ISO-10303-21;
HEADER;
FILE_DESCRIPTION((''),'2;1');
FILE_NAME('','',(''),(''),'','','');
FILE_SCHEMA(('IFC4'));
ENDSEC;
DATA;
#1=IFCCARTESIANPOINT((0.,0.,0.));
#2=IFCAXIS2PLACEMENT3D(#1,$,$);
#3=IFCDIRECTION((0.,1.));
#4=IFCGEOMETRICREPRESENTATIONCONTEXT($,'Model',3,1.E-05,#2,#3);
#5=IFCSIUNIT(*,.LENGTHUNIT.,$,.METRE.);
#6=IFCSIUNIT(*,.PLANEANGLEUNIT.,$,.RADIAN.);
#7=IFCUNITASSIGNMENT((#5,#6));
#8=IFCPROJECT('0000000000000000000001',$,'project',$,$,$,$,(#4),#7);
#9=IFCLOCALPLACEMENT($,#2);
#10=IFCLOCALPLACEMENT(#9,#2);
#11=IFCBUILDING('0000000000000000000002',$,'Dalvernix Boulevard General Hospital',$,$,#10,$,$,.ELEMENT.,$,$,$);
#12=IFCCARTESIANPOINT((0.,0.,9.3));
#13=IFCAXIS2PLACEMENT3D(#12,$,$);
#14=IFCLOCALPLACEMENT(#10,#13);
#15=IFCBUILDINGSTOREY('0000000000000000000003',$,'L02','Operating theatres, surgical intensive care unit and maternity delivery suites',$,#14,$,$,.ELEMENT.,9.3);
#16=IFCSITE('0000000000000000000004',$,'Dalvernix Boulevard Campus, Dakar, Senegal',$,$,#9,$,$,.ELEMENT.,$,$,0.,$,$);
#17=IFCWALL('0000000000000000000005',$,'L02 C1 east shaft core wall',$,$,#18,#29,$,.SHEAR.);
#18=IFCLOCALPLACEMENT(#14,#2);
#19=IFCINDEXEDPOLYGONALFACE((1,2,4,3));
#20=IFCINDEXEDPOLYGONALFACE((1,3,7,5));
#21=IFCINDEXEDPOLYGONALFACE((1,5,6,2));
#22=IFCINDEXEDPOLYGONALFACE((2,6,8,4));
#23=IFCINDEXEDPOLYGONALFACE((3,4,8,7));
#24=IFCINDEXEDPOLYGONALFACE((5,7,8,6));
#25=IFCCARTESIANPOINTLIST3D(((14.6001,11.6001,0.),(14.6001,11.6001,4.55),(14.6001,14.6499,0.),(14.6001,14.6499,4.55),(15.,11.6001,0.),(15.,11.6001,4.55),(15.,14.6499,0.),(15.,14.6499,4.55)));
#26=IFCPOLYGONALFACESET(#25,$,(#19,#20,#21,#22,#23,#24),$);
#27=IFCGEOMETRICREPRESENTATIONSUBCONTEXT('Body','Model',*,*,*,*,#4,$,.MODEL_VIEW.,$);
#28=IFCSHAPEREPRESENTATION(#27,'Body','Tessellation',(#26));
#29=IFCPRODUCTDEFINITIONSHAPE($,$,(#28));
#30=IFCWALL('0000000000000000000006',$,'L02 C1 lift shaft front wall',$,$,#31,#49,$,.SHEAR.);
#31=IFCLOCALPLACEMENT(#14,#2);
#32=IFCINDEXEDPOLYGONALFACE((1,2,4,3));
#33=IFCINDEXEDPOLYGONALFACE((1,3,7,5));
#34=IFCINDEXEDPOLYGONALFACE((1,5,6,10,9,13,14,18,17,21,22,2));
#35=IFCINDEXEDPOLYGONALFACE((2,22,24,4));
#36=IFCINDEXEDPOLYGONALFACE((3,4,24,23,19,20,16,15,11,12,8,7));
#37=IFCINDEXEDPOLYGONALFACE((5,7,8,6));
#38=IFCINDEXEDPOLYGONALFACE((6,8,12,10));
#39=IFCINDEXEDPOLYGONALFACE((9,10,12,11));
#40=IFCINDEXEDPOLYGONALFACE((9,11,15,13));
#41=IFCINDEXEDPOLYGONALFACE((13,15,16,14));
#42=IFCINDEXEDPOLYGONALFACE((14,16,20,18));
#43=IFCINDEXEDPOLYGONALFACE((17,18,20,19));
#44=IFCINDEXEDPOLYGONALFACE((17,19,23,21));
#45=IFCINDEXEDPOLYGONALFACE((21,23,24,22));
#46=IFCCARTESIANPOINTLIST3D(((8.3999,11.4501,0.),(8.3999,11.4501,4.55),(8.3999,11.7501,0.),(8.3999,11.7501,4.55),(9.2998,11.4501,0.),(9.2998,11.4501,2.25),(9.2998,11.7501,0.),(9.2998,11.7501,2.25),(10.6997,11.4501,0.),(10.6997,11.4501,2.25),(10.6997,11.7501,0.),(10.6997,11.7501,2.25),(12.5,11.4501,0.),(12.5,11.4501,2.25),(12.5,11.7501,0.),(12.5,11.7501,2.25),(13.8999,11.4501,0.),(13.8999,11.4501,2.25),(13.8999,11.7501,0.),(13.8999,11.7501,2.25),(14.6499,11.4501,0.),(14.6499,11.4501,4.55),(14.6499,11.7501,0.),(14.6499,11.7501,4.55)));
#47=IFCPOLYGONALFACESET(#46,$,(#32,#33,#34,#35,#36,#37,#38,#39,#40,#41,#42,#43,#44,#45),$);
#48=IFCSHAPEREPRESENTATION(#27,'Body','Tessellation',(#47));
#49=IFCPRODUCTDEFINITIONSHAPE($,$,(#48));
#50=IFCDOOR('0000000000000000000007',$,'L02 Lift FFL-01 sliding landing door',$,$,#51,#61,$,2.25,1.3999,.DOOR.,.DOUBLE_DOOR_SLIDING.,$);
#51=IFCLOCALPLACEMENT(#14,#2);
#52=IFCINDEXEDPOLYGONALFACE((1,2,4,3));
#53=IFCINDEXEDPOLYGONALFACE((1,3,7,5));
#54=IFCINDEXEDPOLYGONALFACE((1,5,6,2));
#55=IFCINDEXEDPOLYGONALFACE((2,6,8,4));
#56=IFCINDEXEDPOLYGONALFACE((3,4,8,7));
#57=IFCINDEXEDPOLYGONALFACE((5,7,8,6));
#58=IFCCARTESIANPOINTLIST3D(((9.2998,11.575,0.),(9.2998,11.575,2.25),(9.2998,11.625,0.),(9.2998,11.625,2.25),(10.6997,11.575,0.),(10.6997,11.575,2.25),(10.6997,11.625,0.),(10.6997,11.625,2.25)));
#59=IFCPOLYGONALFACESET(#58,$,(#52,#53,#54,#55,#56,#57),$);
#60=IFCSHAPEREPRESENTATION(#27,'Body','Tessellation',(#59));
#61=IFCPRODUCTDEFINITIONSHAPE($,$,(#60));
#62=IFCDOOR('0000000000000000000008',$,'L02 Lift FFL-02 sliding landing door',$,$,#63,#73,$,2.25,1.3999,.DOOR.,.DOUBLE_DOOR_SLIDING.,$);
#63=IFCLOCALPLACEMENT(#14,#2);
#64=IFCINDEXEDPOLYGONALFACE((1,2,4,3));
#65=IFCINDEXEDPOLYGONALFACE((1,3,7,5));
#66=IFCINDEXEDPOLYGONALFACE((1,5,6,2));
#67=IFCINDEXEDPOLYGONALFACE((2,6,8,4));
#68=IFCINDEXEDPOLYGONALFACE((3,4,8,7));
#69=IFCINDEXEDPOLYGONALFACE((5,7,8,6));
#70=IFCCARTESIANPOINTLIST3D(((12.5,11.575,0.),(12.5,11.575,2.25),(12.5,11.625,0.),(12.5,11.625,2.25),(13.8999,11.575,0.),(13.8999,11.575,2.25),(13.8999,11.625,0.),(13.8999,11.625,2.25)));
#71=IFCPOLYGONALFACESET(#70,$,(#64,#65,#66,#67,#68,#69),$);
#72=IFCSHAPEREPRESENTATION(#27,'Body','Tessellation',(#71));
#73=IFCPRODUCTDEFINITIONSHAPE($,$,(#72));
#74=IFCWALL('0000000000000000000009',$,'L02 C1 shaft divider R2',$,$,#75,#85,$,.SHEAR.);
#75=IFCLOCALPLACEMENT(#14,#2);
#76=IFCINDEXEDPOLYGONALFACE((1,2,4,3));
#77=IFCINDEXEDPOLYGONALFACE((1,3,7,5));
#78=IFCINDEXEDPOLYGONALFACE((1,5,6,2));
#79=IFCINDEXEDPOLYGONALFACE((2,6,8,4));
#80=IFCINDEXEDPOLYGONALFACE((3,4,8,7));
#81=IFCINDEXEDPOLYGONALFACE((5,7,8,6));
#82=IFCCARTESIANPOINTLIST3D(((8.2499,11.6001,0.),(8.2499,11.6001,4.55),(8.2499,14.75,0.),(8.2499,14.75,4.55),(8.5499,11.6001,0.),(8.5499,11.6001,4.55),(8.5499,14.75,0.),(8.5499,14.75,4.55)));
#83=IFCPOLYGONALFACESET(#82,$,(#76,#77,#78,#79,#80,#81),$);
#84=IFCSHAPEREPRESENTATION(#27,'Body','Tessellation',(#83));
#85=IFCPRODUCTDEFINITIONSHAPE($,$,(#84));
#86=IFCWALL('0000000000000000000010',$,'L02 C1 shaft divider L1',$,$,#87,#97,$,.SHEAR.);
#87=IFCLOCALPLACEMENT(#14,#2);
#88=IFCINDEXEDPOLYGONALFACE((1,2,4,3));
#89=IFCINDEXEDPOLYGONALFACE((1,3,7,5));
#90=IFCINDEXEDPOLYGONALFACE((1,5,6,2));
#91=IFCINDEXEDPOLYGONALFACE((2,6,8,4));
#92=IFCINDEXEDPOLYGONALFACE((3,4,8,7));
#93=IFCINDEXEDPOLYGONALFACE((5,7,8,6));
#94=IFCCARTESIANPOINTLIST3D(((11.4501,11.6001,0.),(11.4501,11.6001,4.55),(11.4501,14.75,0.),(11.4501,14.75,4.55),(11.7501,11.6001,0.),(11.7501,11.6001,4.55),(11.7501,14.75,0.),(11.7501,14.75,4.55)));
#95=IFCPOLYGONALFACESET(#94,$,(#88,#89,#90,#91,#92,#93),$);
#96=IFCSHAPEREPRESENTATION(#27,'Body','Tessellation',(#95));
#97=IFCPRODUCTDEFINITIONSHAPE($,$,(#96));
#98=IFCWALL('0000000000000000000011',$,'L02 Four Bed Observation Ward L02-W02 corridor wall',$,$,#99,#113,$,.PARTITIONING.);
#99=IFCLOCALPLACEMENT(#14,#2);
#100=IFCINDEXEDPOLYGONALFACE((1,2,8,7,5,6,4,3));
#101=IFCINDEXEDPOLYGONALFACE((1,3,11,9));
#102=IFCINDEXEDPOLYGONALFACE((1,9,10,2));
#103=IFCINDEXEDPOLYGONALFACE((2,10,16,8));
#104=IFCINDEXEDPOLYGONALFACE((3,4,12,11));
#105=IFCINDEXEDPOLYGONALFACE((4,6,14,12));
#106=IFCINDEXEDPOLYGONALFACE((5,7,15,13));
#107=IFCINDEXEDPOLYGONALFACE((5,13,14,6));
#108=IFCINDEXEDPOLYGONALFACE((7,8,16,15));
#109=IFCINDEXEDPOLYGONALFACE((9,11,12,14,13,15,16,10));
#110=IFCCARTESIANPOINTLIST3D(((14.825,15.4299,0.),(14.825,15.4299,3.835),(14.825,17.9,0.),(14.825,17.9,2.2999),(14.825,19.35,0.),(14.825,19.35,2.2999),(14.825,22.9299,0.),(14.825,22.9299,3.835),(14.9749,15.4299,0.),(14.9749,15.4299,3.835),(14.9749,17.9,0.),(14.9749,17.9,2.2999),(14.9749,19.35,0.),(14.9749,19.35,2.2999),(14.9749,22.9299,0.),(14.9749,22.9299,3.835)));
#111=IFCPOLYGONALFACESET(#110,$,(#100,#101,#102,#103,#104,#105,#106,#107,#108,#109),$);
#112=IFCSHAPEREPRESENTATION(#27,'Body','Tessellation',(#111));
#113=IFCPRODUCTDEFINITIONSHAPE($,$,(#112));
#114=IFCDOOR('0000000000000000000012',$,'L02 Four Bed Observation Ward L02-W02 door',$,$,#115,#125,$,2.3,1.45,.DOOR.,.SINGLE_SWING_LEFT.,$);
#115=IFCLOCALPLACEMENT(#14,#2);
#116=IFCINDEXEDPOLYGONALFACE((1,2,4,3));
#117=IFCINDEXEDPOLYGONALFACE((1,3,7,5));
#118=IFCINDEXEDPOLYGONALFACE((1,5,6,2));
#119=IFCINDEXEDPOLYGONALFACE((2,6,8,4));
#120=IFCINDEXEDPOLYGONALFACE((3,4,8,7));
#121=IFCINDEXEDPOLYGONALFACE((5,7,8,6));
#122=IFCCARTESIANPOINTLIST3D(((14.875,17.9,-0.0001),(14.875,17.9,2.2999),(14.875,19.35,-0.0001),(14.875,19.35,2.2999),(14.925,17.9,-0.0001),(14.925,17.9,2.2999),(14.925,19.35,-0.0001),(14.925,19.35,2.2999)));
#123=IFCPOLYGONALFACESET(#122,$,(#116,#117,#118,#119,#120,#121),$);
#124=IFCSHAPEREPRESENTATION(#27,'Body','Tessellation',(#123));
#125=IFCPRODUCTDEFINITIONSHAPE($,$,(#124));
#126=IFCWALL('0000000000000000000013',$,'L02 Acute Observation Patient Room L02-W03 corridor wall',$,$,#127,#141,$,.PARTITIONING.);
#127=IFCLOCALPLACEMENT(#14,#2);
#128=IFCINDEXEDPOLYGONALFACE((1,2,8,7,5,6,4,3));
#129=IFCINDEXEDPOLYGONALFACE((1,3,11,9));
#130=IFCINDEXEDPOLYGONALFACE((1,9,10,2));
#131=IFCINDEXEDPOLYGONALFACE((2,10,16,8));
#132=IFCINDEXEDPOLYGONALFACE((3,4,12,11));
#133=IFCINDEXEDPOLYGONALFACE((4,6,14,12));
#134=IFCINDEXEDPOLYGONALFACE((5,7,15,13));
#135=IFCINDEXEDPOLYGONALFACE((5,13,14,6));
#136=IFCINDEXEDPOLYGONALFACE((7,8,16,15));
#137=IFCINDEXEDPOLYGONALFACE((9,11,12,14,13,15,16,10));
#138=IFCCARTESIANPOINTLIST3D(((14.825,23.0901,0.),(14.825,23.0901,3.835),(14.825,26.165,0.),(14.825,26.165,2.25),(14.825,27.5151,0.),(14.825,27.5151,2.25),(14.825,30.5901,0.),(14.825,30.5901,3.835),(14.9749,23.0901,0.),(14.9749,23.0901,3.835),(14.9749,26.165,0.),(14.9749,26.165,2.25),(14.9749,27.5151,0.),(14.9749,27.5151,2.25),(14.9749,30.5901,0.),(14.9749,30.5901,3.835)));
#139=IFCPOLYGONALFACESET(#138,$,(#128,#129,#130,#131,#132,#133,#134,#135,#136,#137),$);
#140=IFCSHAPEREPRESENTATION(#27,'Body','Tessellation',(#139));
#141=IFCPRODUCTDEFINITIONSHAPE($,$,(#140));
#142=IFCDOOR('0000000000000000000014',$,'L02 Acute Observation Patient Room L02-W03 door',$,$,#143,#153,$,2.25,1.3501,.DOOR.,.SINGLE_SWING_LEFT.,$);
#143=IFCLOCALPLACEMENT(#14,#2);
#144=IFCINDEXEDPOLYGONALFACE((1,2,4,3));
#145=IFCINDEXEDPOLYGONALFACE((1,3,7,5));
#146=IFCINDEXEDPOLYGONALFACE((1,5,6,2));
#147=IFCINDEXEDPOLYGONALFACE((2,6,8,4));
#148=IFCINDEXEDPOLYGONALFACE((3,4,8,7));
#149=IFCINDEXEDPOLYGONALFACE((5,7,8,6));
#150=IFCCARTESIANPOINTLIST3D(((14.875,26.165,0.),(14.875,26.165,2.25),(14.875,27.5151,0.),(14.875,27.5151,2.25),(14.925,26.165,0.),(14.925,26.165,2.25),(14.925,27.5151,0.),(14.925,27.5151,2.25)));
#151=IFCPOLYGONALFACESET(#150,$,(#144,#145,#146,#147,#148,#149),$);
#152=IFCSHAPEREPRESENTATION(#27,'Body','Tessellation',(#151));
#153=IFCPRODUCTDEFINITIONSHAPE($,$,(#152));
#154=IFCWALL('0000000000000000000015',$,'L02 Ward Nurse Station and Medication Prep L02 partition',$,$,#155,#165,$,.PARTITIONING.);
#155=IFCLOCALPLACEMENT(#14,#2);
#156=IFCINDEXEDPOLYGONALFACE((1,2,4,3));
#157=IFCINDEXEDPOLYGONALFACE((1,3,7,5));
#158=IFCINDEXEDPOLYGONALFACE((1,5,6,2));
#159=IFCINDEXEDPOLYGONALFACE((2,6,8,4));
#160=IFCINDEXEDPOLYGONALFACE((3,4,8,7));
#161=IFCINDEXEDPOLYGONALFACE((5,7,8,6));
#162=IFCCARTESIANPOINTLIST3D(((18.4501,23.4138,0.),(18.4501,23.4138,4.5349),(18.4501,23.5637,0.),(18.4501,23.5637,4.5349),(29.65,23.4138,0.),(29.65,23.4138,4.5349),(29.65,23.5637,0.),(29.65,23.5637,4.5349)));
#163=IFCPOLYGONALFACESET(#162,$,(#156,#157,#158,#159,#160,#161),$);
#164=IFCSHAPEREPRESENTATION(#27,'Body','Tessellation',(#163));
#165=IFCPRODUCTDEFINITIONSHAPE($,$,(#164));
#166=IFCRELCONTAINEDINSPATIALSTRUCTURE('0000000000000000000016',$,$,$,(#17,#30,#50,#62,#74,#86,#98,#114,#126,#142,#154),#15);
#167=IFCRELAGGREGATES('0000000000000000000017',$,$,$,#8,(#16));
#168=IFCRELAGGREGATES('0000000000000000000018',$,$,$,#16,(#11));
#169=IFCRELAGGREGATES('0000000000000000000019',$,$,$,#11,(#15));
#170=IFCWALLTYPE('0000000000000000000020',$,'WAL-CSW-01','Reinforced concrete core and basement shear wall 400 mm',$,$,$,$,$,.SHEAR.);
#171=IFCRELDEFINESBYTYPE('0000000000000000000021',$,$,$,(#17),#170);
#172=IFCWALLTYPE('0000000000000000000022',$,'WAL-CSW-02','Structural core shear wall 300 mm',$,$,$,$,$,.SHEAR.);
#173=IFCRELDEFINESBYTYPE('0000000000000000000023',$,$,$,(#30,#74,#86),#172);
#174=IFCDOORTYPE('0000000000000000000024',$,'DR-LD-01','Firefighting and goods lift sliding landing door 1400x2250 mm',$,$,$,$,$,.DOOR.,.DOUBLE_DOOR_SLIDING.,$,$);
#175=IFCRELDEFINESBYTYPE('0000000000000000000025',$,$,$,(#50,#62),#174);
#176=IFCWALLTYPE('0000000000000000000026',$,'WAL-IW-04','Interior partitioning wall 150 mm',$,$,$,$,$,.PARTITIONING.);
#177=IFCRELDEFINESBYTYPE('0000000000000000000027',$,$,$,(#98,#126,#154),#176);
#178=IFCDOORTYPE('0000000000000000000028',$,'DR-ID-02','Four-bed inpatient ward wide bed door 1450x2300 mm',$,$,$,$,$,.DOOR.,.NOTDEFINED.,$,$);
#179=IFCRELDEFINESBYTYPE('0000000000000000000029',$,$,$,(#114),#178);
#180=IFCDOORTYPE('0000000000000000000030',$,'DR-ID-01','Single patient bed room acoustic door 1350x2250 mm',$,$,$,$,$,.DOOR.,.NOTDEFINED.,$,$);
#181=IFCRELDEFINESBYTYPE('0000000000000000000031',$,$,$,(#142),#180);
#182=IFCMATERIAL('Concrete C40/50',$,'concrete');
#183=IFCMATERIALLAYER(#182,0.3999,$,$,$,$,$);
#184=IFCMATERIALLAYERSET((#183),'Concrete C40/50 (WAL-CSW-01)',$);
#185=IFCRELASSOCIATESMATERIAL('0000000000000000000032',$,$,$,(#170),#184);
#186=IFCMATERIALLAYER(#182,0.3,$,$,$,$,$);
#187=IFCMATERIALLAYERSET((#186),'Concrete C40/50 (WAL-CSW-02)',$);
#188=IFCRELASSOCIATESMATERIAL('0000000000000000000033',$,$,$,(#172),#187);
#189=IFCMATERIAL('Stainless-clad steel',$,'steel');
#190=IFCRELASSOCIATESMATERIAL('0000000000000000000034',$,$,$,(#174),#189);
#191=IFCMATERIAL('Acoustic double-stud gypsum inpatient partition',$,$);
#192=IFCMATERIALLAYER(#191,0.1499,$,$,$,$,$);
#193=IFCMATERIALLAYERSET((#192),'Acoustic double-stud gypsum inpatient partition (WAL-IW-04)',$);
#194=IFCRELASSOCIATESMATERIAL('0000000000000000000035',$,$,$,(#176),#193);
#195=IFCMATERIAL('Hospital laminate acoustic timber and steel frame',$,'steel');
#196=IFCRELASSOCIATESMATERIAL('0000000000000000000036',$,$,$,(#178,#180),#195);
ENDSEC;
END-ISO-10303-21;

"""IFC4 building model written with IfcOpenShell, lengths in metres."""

from ifc_helpers import new_model, si_unit, direction, frame, frame_2d, origin, place, context, subcontext, project, spatial, rectangle, extrude, material, layer, layer_set, type_object, element, fill, save


model = new_model("IFC4")

# Units and contexts
model_context = context("Model", 3, precision=1e-05, world=origin(), true_north=direction((0.0, 1.0)))
body_context = subcontext(model_context, "Body", "Model", "MODEL_VIEW")
ifc_project = project(units=[si_unit("LENGTHUNIT", "METRE"), si_unit("PLANEANGLEUNIT", "RADIAN")], contexts=[model_context])

# Site, building, storey
site_placement = place(None, origin())
site = spatial("IfcSite", under=ifc_project, at=site_placement, Name="Dalvernix Boulevard Campus, Dakar, Senegal", CompositionType="ELEMENT", RefElevation=0.0)
building_placement = place(site_placement, origin())
building = spatial("IfcBuilding", under=site, at=building_placement, Name="Dalvernix Boulevard General Hospital", CompositionType="ELEMENT")
storey_placement = place(building_placement, frame((0.0, 0.0, 9.3)))
storey = spatial("IfcBuildingStorey", under=building, at=storey_placement, Name="L02", Description="Operating theatres, surgical intensive care unit and maternity delivery suites", CompositionType="ELEMENT", Elevation=9.3)

# Shared definitions
ifc_material_1 = material(Name="Concrete C40/50", Category="concrete")

# Wall
ifc_layer_1 = layer(ifc_material_1, 0.3999)
ifc_layer_set_1 = layer_set([ifc_layer_1], Name="Concrete C40/50 (WAL-CSW-01)")
wall_type_1 = type_object("IfcWallType", Name="WAL-CSW-01", Description="Reinforced concrete core and basement shear wall 400 mm", PredefinedType="SHEAR", material=ifc_layer_set_1)
wall_1_placement = place(storey_placement, frame((14.8, 11.6001, 0.0), z_axis=(0.0, 0.0, 1.0), x_axis=(0.0, 1.0, 0.0)))
element("IfcWall", 1, at=wall_1_placement, inside=storey, type_object=wall_type_1, Name="L02 C1 east shaft core wall", PredefinedType="SHEAR", context=body_context, shape_type="SweptSolid", body=[
    extrude(rectangle(XDim=3.0498, YDim=0.3999, at=frame_2d((1.5249, 0.0))), origin(), (0.0, 0.0, 1.0), 4.55),
])

# Wall, openings, doors
ifc_layer_2 = layer(ifc_material_1, 0.3)
ifc_layer_set_2 = layer_set([ifc_layer_2], Name="Concrete C40/50 (WAL-CSW-02)")
wall_type_2 = type_object("IfcWallType", Name="WAL-CSW-02", Description="Structural core shear wall 300 mm", PredefinedType="SHEAR", material=ifc_layer_set_2)
wall_2_placement = place(storey_placement, frame((8.3999, 11.6001, 0.0), z_axis=(0.0, 0.0, 1.0), x_axis=(1.0, 0.0, 0.0)))
wall_2 = element("IfcWall", 2, at=wall_2_placement, inside=storey, type_object=wall_type_2, Name="L02 C1 lift shaft front wall", PredefinedType="SHEAR", context=body_context, shape_type="SweptSolid", body=[
    extrude(rectangle(XDim=6.25, YDim=0.3, at=frame_2d((3.125, 0.0))), origin(), (0.0, 0.0, 1.0), 4.55),
])
opening_1_placement = place(wall_2_placement, frame((0.8999, 0.0, 0.0)))
opening_1 = element("IfcOpeningElement", 3, at=opening_1_placement, cuts=wall_2, PredefinedType="OPENING", context=body_context, shape_type="SweptSolid", body=[
    extrude(rectangle(XDim=1.3999, YDim=2.25, at=frame_2d((0.7, 1.125))), frame((0.0, 0.1599, 0.0), z_axis=(0.0, -1.0, 0.0), x_axis=(1.0, 0.0, 0.0)), (0.0, 0.0, 1.0), 0.3201),
])
opening_2_placement = place(wall_2_placement, frame((4.1001, 0.0, 0.0)))
opening_2 = element("IfcOpeningElement", 4, at=opening_2_placement, cuts=wall_2, PredefinedType="OPENING", context=body_context, shape_type="SweptSolid", body=[
    extrude(rectangle(XDim=1.3999, YDim=2.25, at=frame_2d((0.7, 1.125))), frame((0.0, 0.1599, 0.0), z_axis=(0.0, -1.0, 0.0), x_axis=(1.0, 0.0, 0.0)), (0.0, 0.0, 1.0), 0.3201),
])
ifc_material_2 = material(Name="Stainless-clad steel", Category="steel")
door_type_1 = type_object("IfcDoorType", Name="DR-LD-01", Description="Firefighting and goods lift sliding landing door 1400x2250 mm", OperationType="DOUBLE_DOOR_SLIDING", PredefinedType="DOOR", material=ifc_material_2)
door_1_placement = place(opening_1_placement, origin())
door_1 = element("IfcDoor", 5, at=door_1_placement, inside=storey, type_object=door_type_1, Name="L02 Lift FFL-01 sliding landing door", OperationType="DOUBLE_DOOR_SLIDING", OverallHeight=2.25, OverallWidth=1.3999, PredefinedType="DOOR", context=body_context, shape_type="SweptSolid", body=[
    extrude(rectangle(XDim=1.3999, YDim=2.25, at=frame_2d((0.7, 1.125))), frame((0.0, 0.0249, 0.0), z_axis=(0.0, -1.0, 0.0), x_axis=(1.0, 0.0, 0.0)), (0.0, 0.0, 1.0), 0.05),
])
fill(opening_1, door_1)
door_2_placement = place(opening_2_placement, origin())
door_2 = element("IfcDoor", 6, at=door_2_placement, inside=storey, type_object=door_type_1, Name="L02 Lift FFL-02 sliding landing door", OperationType="DOUBLE_DOOR_SLIDING", OverallHeight=2.25, OverallWidth=1.3999, PredefinedType="DOOR", context=body_context, shape_type="SweptSolid", body=[
    extrude(rectangle(XDim=1.3999, YDim=2.25, at=frame_2d((0.7, 1.125))), frame((0.0, 0.0249, 0.0), z_axis=(0.0, -1.0, 0.0), x_axis=(1.0, 0.0, 0.0)), (0.0, 0.0, 1.0), 0.05),
])
fill(opening_2, door_2)

# Walls
for number, where, z_axis, x_axis, name in (
    (7, (8.3999, 11.6001, 0.0), (0.0, 0.0, 1.0), (0.0, 1.0, 0.0), "L02 C1 shaft divider R2"),
    (8, (11.6001, 11.6001, 0.0), (0.0, 0.0, 1.0), (0.0, 1.0, 0.0), "L02 C1 shaft divider L1"),
):
    element("IfcWall", number, at=place(storey_placement, frame(where, z_axis=z_axis, x_axis=x_axis)), inside=storey, type_object=wall_type_2, Name=name, PredefinedType="SHEAR", context=body_context, shape_type="SweptSolid", body=[
        extrude(rectangle(XDim=3.1499, YDim=0.3, at=frame_2d((1.575, 0.0))), origin(), (0.0, 0.0, 1.0), 4.55),
    ])

# Walls, openings, doors
ifc_material_3 = material(Name="Acoustic double-stud gypsum inpatient partition")
ifc_layer_3 = layer(ifc_material_3, 0.1499)
ifc_layer_set_3 = layer_set([ifc_layer_3], Name="Acoustic double-stud gypsum inpatient partition (WAL-IW-04)")
wall_type_3 = type_object("IfcWallType", Name="WAL-IW-04", Description="Interior partitioning wall 150 mm", PredefinedType="PARTITIONING", material=ifc_layer_set_3)
wall_3_placement = place(storey_placement, frame((14.8999, 15.4299, 0.0), z_axis=(0.0, 0.0, 1.0), x_axis=(0.0, 1.0, 0.0)))
wall_3 = element("IfcWall", 9, at=wall_3_placement, inside=storey, type_object=wall_type_3, Name="L02 Four Bed Observation Ward L02-W02 corridor wall", PredefinedType="PARTITIONING", context=body_context, shape_type="SweptSolid", body=[
    extrude(rectangle(XDim=7.5, YDim=0.1499, at=frame_2d((3.75, 0.0))), origin(), (0.0, 0.0, 1.0), 3.835),
])
opening_3_placement = place(wall_3_placement, frame((2.47, 0.0, 0.0)))
opening_3 = element("IfcOpeningElement", 10, at=opening_3_placement, cuts=wall_3, PredefinedType="OPENING", context=body_context, shape_type="SweptSolid", body=[
    extrude(rectangle(XDim=1.45, YDim=2.3, at=frame_2d((0.7251, 1.1499))), frame((0.0, 0.085, 0.0), z_axis=(0.0, -1.0, 0.0), x_axis=(1.0, 0.0, 0.0)), (0.0, 0.0, 1.0), 0.1699),
])
ifc_material_4 = material(Name="Hospital laminate acoustic timber and steel frame", Category="steel")
door_type_2 = type_object("IfcDoorType", Name="DR-ID-02", Description="Four-bed inpatient ward wide bed door 1450x2300 mm", OperationType="NOTDEFINED", PredefinedType="DOOR", material=ifc_material_4)
door_3_placement = place(opening_3_placement, origin())
door_3 = element("IfcDoor", 11, at=door_3_placement, inside=storey, type_object=door_type_2, Name="L02 Four Bed Observation Ward L02-W02 door", OperationType="SINGLE_SWING_LEFT", OverallHeight=2.3, OverallWidth=1.45, PredefinedType="DOOR", context=body_context, shape_type="SweptSolid", body=[
    extrude(rectangle(XDim=1.45, YDim=2.3, at=frame_2d((0.7251, 1.1499))), frame((0.0, 0.0249, 0.0), z_axis=(0.0, -1.0, 0.0), x_axis=(1.0, 0.0, 0.0)), (0.0, 0.0, 1.0), 0.05),
])
fill(opening_3, door_3)
wall_4_placement = place(storey_placement, frame((14.8999, 23.0901, 0.0), z_axis=(0.0, 0.0, 1.0), x_axis=(0.0, 1.0, 0.0)))
wall_4 = element("IfcWall", 12, at=wall_4_placement, inside=storey, type_object=wall_type_3, Name="L02 Acute Observation Patient Room L02-W03 corridor wall", PredefinedType="PARTITIONING", context=body_context, shape_type="SweptSolid", body=[
    extrude(rectangle(XDim=7.5, YDim=0.1499, at=frame_2d((3.75, 0.0))), origin(), (0.0, 0.0, 1.0), 3.835),
])
opening_4_placement = place(wall_4_placement, frame((3.075, 0.0, 0.0)))
opening_4 = element("IfcOpeningElement", 13, at=opening_4_placement, cuts=wall_4, PredefinedType="OPENING", context=body_context, shape_type="SweptSolid", body=[
    extrude(rectangle(XDim=1.3501, YDim=2.25, at=frame_2d((0.675, 1.125))), frame((0.0, 0.085, 0.0), z_axis=(0.0, -1.0, 0.0), x_axis=(1.0, 0.0, 0.0)), (0.0, 0.0, 1.0), 0.1699),
])
door_type_3 = type_object("IfcDoorType", Name="DR-ID-01", Description="Single patient bed room acoustic door 1350x2250 mm", OperationType="NOTDEFINED", PredefinedType="DOOR", material=ifc_material_4)
door_4_placement = place(opening_4_placement, origin())
door_4 = element("IfcDoor", 14, at=door_4_placement, inside=storey, type_object=door_type_3, Name="L02 Acute Observation Patient Room L02-W03 door", OperationType="SINGLE_SWING_LEFT", OverallHeight=2.25, OverallWidth=1.3501, PredefinedType="DOOR", context=body_context, shape_type="SweptSolid", body=[
    extrude(rectangle(XDim=1.3501, YDim=2.25, at=frame_2d((0.675, 1.125))), frame((0.0, 0.0249, 0.0), z_axis=(0.0, -1.0, 0.0), x_axis=(1.0, 0.0, 0.0)), (0.0, 0.0, 1.0), 0.05),
])
fill(opening_4, door_4)

# Wall
wall_5_placement = place(storey_placement, frame((18.45, 23.4888, 0.0), z_axis=(0.0, 0.0, 1.0), x_axis=(1.0, 0.0, 0.0)))
element("IfcWall", 15, at=wall_5_placement, inside=storey, type_object=wall_type_3, Name="L02 Ward Nurse Station and Medication Prep L02 partition", PredefinedType="PARTITIONING", context=body_context, shape_type="SweptSolid", body=[
    extrude(rectangle(XDim=11.2, YDim=0.1499, at=frame_2d((5.6001, 0.0))), origin(), (0.0, 0.0, 1.0), 4.5349),
])

save(model, "model.ifc")
